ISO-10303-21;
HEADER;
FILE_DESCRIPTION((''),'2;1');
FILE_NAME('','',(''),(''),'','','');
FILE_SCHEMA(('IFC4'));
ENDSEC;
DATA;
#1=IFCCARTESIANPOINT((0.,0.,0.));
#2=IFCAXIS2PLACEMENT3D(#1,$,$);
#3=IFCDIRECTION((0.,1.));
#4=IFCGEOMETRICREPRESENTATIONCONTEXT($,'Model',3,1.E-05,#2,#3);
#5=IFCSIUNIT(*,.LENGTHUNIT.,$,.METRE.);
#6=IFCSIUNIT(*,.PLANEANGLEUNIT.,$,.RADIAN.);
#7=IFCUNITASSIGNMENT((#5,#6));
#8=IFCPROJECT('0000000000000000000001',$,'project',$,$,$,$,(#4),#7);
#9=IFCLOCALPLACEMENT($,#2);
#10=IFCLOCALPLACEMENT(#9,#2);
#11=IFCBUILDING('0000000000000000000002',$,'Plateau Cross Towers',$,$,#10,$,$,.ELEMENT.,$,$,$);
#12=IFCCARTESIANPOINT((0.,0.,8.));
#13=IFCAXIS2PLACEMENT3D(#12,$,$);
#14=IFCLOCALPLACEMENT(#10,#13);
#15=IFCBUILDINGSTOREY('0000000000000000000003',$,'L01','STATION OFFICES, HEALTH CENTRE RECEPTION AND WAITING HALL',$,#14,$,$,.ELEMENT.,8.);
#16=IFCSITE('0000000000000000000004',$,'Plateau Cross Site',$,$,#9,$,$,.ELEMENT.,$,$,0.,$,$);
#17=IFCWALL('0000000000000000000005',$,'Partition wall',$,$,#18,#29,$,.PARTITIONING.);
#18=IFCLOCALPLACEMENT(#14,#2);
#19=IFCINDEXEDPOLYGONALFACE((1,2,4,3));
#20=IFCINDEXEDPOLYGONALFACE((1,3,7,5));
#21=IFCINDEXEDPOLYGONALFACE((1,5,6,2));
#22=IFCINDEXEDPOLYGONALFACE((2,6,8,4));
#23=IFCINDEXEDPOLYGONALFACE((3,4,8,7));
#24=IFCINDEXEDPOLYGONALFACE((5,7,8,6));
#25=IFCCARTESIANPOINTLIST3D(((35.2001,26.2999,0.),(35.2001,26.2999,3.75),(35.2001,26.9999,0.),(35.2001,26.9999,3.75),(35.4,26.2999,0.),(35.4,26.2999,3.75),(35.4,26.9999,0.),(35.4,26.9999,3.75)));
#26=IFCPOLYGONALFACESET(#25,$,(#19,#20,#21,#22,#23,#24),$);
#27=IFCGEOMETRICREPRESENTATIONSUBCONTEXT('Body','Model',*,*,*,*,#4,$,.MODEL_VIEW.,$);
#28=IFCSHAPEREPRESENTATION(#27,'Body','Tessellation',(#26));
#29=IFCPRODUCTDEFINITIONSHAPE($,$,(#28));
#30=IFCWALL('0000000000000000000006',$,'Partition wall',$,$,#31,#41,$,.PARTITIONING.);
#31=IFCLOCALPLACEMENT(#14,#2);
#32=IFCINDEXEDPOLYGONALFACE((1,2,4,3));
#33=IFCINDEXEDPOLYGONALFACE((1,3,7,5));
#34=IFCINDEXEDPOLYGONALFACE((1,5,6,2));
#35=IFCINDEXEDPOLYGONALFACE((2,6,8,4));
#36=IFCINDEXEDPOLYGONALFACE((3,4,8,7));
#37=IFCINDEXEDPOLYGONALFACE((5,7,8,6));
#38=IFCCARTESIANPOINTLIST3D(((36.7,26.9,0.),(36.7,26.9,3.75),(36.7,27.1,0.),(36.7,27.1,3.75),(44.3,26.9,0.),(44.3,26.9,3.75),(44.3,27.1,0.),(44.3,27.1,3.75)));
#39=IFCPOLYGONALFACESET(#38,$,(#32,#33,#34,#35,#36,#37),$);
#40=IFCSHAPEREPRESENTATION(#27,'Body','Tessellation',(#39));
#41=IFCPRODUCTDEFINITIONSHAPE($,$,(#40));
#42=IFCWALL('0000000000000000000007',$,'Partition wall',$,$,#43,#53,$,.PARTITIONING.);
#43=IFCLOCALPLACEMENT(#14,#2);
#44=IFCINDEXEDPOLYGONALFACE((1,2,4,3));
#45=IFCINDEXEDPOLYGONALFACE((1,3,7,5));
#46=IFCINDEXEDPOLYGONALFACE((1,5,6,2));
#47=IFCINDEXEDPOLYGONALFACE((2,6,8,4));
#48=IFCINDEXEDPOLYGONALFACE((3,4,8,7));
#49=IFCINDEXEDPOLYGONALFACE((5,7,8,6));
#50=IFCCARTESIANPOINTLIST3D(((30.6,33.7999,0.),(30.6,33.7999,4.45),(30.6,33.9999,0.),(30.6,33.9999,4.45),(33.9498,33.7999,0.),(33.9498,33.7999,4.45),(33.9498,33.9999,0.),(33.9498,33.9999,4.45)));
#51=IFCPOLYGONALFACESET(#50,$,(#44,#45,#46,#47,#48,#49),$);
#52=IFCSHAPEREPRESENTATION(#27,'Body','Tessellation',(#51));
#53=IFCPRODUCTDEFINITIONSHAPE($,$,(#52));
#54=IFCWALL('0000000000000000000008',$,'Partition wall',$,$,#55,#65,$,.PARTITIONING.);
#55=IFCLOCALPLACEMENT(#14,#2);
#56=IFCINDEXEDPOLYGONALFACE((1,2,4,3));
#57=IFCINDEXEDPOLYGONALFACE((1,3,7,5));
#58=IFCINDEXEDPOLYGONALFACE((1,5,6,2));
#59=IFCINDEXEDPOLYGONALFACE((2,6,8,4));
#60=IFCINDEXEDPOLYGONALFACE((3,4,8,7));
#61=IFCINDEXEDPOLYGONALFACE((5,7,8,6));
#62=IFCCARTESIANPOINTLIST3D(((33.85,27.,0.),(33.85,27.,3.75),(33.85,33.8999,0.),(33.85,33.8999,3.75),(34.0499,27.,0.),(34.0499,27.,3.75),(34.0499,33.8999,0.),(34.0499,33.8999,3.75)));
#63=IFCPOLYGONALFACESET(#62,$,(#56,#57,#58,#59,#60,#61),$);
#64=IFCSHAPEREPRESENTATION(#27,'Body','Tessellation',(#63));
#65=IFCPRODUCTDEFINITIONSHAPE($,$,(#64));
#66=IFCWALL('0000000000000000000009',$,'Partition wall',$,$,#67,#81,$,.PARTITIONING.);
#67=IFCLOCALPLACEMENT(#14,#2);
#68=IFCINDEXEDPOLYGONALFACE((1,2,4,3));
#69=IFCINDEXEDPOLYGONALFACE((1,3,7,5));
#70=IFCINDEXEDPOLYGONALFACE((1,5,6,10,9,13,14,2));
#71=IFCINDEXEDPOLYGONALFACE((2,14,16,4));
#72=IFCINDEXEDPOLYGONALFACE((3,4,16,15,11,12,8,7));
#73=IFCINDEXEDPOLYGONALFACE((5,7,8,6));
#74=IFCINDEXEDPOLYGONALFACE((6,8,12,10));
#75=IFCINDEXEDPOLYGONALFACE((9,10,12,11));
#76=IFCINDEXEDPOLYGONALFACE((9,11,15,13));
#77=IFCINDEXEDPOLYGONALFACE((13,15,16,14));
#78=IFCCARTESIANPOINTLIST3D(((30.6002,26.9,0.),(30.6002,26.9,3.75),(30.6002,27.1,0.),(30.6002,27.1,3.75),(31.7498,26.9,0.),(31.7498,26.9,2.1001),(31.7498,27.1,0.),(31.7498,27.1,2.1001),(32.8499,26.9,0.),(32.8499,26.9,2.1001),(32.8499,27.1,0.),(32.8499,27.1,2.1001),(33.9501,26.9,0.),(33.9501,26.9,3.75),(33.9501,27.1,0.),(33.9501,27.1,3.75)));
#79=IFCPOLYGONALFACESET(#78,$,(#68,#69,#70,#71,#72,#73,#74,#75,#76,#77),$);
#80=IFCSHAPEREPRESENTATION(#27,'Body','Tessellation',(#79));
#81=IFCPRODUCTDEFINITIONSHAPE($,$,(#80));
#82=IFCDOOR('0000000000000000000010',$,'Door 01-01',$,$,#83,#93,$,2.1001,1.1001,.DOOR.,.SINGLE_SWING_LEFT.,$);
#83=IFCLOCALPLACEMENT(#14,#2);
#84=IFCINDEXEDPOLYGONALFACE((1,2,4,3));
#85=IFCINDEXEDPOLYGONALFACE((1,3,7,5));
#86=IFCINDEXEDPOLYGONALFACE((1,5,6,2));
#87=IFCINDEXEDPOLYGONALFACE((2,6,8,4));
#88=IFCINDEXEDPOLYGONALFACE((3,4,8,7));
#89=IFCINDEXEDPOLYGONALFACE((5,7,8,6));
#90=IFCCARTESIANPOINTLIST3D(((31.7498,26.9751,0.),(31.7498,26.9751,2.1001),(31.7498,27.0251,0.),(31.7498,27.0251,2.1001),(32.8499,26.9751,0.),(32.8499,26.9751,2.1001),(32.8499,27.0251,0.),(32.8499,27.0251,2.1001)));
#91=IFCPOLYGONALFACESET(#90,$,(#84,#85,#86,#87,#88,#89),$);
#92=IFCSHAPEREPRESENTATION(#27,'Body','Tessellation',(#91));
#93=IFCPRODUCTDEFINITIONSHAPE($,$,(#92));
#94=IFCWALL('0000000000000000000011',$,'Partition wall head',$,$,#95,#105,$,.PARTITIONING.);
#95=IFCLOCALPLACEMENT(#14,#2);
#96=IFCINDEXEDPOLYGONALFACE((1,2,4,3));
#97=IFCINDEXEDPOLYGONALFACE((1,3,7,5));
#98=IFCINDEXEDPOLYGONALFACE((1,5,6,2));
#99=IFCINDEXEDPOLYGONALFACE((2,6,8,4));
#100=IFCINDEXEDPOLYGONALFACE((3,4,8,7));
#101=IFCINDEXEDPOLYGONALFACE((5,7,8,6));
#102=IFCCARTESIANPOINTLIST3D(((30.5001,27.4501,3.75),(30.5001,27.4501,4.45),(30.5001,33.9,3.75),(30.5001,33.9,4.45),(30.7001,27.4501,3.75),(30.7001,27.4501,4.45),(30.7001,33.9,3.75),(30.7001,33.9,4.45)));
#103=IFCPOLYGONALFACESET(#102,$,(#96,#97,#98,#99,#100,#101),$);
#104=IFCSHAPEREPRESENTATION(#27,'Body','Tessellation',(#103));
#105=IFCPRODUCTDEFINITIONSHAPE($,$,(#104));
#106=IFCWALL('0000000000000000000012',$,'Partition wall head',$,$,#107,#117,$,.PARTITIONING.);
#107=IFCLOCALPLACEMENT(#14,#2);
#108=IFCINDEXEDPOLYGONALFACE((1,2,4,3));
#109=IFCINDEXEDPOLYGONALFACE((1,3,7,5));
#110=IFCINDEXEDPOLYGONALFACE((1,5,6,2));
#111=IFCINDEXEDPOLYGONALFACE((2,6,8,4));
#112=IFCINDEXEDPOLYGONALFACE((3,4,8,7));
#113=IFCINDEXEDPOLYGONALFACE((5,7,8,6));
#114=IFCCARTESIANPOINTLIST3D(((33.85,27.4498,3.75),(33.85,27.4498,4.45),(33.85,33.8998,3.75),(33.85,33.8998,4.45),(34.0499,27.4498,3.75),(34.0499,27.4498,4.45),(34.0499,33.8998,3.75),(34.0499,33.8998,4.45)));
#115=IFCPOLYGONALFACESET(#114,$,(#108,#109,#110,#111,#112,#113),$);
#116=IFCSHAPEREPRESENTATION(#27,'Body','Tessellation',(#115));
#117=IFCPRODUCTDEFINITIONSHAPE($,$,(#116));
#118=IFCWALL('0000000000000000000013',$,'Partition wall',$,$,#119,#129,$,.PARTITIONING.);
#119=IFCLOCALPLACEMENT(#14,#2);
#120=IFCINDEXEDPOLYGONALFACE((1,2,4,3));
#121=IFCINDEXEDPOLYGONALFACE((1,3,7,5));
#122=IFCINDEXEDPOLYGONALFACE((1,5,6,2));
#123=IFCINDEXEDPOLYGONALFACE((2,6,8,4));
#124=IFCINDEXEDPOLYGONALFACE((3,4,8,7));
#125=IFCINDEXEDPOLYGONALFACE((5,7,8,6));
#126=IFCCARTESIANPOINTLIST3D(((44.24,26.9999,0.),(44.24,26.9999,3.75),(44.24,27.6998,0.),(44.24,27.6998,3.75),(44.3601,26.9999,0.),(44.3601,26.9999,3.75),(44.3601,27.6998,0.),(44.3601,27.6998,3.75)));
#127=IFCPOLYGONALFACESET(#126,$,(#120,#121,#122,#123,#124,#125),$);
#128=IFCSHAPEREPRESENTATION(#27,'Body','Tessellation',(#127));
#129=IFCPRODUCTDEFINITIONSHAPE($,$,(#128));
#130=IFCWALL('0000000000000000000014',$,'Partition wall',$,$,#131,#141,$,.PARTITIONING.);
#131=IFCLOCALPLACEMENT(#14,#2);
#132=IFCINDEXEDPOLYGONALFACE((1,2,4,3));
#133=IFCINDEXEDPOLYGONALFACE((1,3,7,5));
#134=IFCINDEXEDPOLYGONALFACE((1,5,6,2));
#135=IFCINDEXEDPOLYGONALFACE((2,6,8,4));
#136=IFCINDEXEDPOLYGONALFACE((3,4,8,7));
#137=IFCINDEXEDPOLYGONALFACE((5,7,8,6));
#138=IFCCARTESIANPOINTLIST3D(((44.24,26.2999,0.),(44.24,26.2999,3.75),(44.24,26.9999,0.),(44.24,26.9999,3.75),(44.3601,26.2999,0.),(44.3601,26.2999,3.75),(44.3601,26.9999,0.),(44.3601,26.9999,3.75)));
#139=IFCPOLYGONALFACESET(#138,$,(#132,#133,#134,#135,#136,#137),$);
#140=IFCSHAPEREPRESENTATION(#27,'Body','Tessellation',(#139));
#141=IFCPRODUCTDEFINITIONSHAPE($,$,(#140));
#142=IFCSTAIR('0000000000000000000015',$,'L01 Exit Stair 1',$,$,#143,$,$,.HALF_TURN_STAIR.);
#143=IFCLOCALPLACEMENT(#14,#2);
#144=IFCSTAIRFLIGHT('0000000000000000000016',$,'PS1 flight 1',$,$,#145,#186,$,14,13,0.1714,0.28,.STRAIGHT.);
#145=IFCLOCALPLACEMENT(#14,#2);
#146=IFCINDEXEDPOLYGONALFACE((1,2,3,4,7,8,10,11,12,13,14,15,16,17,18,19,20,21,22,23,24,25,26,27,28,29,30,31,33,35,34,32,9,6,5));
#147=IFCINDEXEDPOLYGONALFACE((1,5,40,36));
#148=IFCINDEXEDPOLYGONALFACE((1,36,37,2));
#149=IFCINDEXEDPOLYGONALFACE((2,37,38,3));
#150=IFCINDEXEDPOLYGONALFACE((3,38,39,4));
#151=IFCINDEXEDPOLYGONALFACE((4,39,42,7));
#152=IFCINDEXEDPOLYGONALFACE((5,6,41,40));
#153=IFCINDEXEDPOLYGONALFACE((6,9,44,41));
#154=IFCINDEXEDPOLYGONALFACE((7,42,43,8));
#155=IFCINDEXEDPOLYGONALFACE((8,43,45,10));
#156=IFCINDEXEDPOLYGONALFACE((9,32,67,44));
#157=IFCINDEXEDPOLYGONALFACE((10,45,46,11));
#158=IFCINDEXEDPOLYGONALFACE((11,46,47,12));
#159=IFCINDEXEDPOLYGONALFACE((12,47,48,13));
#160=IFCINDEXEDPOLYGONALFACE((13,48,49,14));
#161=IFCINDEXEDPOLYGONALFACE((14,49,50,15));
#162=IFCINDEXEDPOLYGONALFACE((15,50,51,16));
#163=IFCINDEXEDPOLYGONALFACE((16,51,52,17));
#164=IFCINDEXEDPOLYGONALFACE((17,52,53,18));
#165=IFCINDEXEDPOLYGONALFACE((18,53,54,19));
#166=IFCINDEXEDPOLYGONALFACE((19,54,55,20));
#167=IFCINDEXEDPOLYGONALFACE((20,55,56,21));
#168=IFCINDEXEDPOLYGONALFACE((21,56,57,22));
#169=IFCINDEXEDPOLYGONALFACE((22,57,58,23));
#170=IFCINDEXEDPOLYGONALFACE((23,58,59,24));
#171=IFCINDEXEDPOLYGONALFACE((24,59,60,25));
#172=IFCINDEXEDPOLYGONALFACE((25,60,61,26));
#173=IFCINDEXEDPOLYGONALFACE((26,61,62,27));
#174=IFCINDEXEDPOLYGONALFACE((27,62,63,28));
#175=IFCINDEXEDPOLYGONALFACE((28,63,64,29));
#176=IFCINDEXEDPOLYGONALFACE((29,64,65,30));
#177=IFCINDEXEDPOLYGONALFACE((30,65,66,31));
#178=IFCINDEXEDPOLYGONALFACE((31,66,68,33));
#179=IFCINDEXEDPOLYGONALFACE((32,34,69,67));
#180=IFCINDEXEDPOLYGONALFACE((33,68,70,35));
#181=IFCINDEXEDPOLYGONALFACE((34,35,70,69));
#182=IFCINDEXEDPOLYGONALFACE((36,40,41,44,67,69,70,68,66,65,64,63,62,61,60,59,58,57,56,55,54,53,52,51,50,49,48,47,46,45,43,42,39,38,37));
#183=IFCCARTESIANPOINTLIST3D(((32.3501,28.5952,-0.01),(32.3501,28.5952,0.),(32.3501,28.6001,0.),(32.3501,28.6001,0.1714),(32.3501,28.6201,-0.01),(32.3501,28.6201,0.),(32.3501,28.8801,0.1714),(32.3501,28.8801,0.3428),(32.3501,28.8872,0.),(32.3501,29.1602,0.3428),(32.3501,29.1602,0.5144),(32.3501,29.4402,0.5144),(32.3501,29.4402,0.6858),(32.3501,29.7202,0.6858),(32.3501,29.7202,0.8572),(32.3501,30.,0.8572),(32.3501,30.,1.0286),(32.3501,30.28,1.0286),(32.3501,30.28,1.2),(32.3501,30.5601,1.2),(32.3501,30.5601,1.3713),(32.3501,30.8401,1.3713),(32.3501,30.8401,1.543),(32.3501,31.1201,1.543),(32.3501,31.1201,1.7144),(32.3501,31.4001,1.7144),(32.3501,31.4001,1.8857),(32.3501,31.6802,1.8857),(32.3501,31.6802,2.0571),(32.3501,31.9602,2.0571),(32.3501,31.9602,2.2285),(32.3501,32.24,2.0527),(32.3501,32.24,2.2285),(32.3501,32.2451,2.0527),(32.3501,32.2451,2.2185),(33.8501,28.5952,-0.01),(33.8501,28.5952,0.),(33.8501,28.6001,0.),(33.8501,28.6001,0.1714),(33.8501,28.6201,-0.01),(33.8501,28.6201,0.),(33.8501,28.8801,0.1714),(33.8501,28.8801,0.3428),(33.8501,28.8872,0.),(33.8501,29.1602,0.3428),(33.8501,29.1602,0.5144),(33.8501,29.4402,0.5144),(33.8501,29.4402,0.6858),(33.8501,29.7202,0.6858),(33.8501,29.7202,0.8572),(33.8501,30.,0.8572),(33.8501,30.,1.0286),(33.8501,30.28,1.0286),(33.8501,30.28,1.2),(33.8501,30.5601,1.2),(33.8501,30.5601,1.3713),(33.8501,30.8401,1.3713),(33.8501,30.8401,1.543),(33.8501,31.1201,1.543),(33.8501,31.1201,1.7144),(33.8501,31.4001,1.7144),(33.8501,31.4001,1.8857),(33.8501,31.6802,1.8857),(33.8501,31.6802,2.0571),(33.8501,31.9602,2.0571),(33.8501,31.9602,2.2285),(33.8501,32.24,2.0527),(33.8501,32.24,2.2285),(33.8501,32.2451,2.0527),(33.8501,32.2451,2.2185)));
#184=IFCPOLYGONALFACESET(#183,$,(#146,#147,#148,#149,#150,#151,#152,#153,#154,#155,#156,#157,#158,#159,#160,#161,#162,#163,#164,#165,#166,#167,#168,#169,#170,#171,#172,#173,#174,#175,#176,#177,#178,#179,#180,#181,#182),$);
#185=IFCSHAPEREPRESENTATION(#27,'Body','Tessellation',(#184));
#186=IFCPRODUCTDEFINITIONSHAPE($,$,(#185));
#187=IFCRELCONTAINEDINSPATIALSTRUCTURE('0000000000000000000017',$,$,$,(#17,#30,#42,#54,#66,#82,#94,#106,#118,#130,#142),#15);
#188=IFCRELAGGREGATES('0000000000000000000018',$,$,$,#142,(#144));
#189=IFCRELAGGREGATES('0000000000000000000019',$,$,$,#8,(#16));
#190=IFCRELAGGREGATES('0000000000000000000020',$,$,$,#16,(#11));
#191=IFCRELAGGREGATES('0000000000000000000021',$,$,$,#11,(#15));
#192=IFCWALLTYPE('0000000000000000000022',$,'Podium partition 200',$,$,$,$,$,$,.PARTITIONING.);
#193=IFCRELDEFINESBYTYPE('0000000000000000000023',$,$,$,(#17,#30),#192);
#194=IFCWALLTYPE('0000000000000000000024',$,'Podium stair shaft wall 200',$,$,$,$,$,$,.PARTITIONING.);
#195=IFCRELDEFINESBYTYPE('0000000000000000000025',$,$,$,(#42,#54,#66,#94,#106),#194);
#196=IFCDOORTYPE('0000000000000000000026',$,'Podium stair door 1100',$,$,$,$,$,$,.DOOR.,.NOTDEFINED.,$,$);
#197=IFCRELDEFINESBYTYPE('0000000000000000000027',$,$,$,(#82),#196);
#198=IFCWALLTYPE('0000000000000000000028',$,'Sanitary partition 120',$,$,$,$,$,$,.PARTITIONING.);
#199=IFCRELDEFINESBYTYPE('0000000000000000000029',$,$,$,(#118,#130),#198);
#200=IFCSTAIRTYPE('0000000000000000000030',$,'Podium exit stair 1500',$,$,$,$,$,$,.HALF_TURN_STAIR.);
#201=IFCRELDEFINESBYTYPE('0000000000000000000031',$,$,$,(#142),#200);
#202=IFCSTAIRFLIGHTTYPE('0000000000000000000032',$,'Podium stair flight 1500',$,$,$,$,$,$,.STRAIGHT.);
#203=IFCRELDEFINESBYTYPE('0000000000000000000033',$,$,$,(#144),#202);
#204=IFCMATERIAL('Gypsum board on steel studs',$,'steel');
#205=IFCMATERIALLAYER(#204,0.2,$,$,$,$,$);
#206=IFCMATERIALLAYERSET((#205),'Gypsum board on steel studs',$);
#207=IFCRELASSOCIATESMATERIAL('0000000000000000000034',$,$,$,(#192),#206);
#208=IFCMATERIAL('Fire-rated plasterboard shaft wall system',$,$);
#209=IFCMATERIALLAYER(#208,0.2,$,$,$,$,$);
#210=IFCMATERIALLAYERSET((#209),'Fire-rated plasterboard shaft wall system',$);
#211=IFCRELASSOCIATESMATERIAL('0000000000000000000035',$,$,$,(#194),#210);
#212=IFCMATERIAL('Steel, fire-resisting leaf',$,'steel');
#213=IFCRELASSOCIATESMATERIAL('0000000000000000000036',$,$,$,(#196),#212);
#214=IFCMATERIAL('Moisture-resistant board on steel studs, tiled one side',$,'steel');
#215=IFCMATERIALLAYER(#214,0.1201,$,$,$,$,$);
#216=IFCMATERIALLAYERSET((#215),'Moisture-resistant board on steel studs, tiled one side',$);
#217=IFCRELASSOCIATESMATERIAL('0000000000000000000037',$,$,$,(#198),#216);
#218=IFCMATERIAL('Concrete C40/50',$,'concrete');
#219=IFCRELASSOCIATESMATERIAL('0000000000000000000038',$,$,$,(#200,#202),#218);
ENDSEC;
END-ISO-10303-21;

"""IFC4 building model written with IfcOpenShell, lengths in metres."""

from ifc_helpers import new_model, si_unit, direction, frame, frame_2d, origin, place, context, subcontext, project, spatial, polyline, rectangle, outline, extrude, material, layer, layer_set, type_object, element, fill, aggregate, save


model = new_model("IFC4")

# Units and contexts
model_context = context("Model", 3, precision=1e-05, world=origin(), true_north=direction((0.0, 1.0)))
body_context = subcontext(model_context, "Body", "Model", "MODEL_VIEW")
ifc_project = project(units=[si_unit("LENGTHUNIT", "METRE"), si_unit("PLANEANGLEUNIT", "RADIAN")], contexts=[model_context])

# Site, building, storey
site_placement = place(None, origin())
site = spatial("IfcSite", under=ifc_project, at=site_placement, Name="Plateau Cross Site", CompositionType="ELEMENT", RefElevation=0.0)
building_placement = place(site_placement, origin())
building = spatial("IfcBuilding", under=site, at=building_placement, Name="Plateau Cross Towers", CompositionType="ELEMENT")
storey_placement = place(building_placement, frame((0.0, 0.0, 8.0)))
storey = spatial("IfcBuildingStorey", under=building, at=storey_placement, Name="L01", Description="STATION OFFICES, HEALTH CENTRE RECEPTION AND WAITING HALL", CompositionType="ELEMENT", Elevation=8.0)

# Shared definitions
ifc_material_1 = material(Name="Gypsum board on steel studs", Category="steel")
ifc_layer_1 = layer(ifc_material_1, 0.2)
ifc_layer_set_1 = layer_set([ifc_layer_1], Name="Gypsum board on steel studs")
wall_type_1 = type_object("IfcWallType", Name="Podium partition 200", PredefinedType="PARTITIONING", material=ifc_layer_set_1)

# Walls
wall_1_placement = place(storey_placement, frame((35.3, 27.0, 0.0), z_axis=(0.0, 0.0, 1.0), x_axis=(0.0, -1.0, 0.0)))
element("IfcWall", 1, at=wall_1_placement, inside=storey, type_object=wall_type_1, Name="Partition wall", PredefinedType="PARTITIONING", context=body_context, shape_type="SweptSolid", body=[
    extrude(rectangle(XDim=0.7, YDim=0.2, at=frame_2d((0.3501, 0.0))), origin(), (0.0, 0.0, 1.0), 3.75),
])
wall_2_placement = place(storey_placement, frame((36.7, 27.0, 0.0), z_axis=(0.0, 0.0, 1.0), x_axis=(1.0, 0.0, 0.0)))
element("IfcWall", 2, at=wall_2_placement, inside=storey, type_object=wall_type_1, Name="Partition wall", PredefinedType="PARTITIONING", context=body_context, shape_type="SweptSolid", body=[
    extrude(rectangle(XDim=7.6001, YDim=0.2, at=frame_2d((3.8, 0.0))), origin(), (0.0, 0.0, 1.0), 3.75),
])
ifc_material_2 = material(Name="Fire-rated plasterboard shaft wall system")
ifc_layer_2 = layer(ifc_material_2, 0.2)
ifc_layer_set_2 = layer_set([ifc_layer_2], Name="Fire-rated plasterboard shaft wall system")
wall_type_2 = type_object("IfcWallType", Name="Podium stair shaft wall 200", PredefinedType="PARTITIONING", material=ifc_layer_set_2)
wall_3_placement = place(storey_placement, frame((30.6001, 33.8999, 0.0), z_axis=(0.0, 0.0, 1.0), x_axis=(1.0, 0.0, 0.0)))
element("IfcWall", 3, at=wall_3_placement, inside=storey, type_object=wall_type_2, Name="Partition wall", PredefinedType="PARTITIONING", context=body_context, shape_type="SweptSolid", body=[
    extrude(rectangle(XDim=3.3499, YDim=0.2, at=frame_2d((1.6748, 0.0))), origin(), (0.0, 0.0, 1.0), 4.45),
])
wall_4_placement = place(storey_placement, frame((33.95, 33.8999, 0.0), z_axis=(0.0, 0.0, 1.0), x_axis=(0.0, -1.0, 0.0)))
element("IfcWall", 4, at=wall_4_placement, inside=storey, type_object=wall_type_2, Name="Partition wall", PredefinedType="PARTITIONING", context=body_context, shape_type="SweptSolid", body=[
    extrude(rectangle(XDim=6.8999, YDim=0.2, at=frame_2d((3.45, 0.0))), origin(), (0.0, 0.0, 1.0), 3.75),
])

# Wall, opening, door
wall_5_placement = place(storey_placement, frame((33.95, 27.0, 0.0), z_axis=(0.0, 0.0, 1.0), x_axis=(-1.0, 0.0, 0.0)))
wall_5 = element("IfcWall", 5, at=wall_5_placement, inside=storey, type_object=wall_type_2, Name="Partition wall", PredefinedType="PARTITIONING", context=body_context, shape_type="SweptSolid", body=[
    extrude(rectangle(XDim=3.3499, YDim=0.2, at=frame_2d((1.6748, 0.0))), origin(), (0.0, 0.0, 1.0), 3.75),
])
opening_1_placement = place(wall_5_placement, frame((1.1001, 0.0, 0.0)))
opening_1 = element("IfcOpeningElement", 6, at=opening_1_placement, cuts=wall_5, PredefinedType="OPENING", context=body_context, shape_type="SweptSolid", body=[
    extrude(rectangle(XDim=1.1001, YDim=2.1001, at=frame_2d((0.55, 1.05))), frame((0.0, 0.1099, 0.0), z_axis=(0.0, -1.0, 0.0), x_axis=(1.0, 0.0, 0.0)), (0.0, 0.0, 1.0), 0.22),
])
ifc_material_3 = material(Name="Steel, fire-resisting leaf", Category="steel")
door_type_1 = type_object("IfcDoorType", Name="Podium stair door 1100", OperationType="NOTDEFINED", PredefinedType="DOOR", material=ifc_material_3)
door_1_placement = place(opening_1_placement, origin())
door_1 = element("IfcDoor", 7, at=door_1_placement, inside=storey, type_object=door_type_1, Name="Door 01-01", OperationType="SINGLE_SWING_LEFT", OverallHeight=2.1001, OverallWidth=1.1001, PredefinedType="DOOR", context=body_context, shape_type="SweptSolid", body=[
    extrude(rectangle(XDim=1.1001, YDim=2.1001, at=frame_2d((0.55, 1.05))), frame((0.0, 0.0249, 0.0), z_axis=(0.0, -1.0, 0.0), x_axis=(1.0, 0.0, 0.0)), (0.0, 0.0, 1.0), 0.05),
])
fill(opening_1, door_1)

# Walls
for number, where, z_axis, x_axis, name in (
    (8, (30.6001, 27.45, 3.75), (0.0, 0.0, 1.0), (0.0, 1.0, 0.0), "Partition wall head"),
    (9, (33.95, 33.8999, 3.75), (0.0, 0.0, 1.0), (0.0, -1.0, 0.0), "Partition wall head"),
):
    element("IfcWall", number, at=place(storey_placement, frame(where, z_axis=z_axis, x_axis=x_axis)), inside=storey, type_object=wall_type_2, Name=name, PredefinedType="PARTITIONING", context=body_context, shape_type="SweptSolid", body=[
        extrude(rectangle(XDim=6.45, YDim=0.2, at=frame_2d((3.2251, 0.0))), origin(), (0.0, 0.0, 1.0), 0.7),
    ])
ifc_material_4 = material(Name="Moisture-resistant board on steel studs, tiled one side", Category="steel")
ifc_layer_3 = layer(ifc_material_4, 0.1201)
ifc_layer_set_3 = layer_set([ifc_layer_3], Name="Moisture-resistant board on steel studs, tiled one side")
wall_type_3 = type_object("IfcWallType", Name="Sanitary partition 120", PredefinedType="PARTITIONING", material=ifc_layer_set_3)
for number, where, z_axis, x_axis, name in (
    (10, (44.3, 27.7, 0.0), (0.0, 0.0, 1.0), (0.0, -1.0, 0.0), "Partition wall"),
    (11, (44.3, 27.0, 0.0), (0.0, 0.0, 1.0), (0.0, -1.0, 0.0), "Partition wall"),
):
    element("IfcWall", number, at=place(storey_placement, frame(where, z_axis=z_axis, x_axis=x_axis)), inside=storey, type_object=wall_type_3, Name=name, PredefinedType="PARTITIONING", context=body_context, shape_type="SweptSolid", body=[
        extrude(rectangle(XDim=0.7, YDim=0.1201, at=frame_2d((0.3501, 0.0))), origin(), (0.0, 0.0, 1.0), 3.75),
    ])

# Stair, stair flight
ifc_material_5 = material(Name="Concrete C40/50", Category="concrete")
stair_type = type_object("IfcStairType", Name="Podium exit stair 1500", PredefinedType="HALF_TURN_STAIR", material=ifc_material_5)
stair_placement = place(storey_placement, origin())
stair = element("IfcStair", 12, at=stair_placement, inside=storey, type_object=stair_type, Name="L01 Exit Stair 1", PredefinedType="HALF_TURN_STAIR")
stair_flight_type = type_object("IfcStairFlightType", Name="Podium stair flight 1500", PredefinedType="STRAIGHT", material=ifc_material_5)
stair_flight_1_placement = place(storey_placement, frame((33.1001, 28.6001, 0.0), z_axis=(0.0, 0.0, 1.0), x_axis=(0.0, 1.0, 0.0)))
stair_flight_1 = element("IfcStairFlight", 13, at=stair_flight_1_placement, type_object=stair_flight_type, Name="PS1 flight 1", NumberOfRisers=14, NumberOfTreads=13, PredefinedType="STRAIGHT", RiserHeight=0.1714, TreadLength=0.28, context=body_context, shape_type="SweptSolid", body=[
    extrude(outline(polyline([(-0.0049, -0.01), (-0.0049, 0.0), (0.0, 0.0), (0.0, 0.1714), (0.28, 0.1714), (0.28, 0.3428), (0.5601, 0.3428), (0.5601, 0.5144), (0.8401, 0.5144), (0.8401, 0.6858), (1.1201, 0.6858), (1.1201, 0.8572), (1.3999, 0.8572), (1.3999, 1.0286), (1.6799, 1.0286), (1.6799, 1.2), (1.96, 1.2), (1.96, 1.3713), (2.24, 1.3713), (2.24, 1.543), (2.52, 1.543), (2.52, 1.7144), (2.8, 1.7144), (2.8, 1.8857), (3.0801, 1.8857), (3.0801, 2.0571), (3.3601, 2.0571), (3.3601, 2.2285), (3.6399, 2.2285), (3.645, 2.2185), (3.645, 2.0527), (3.6399, 2.0527), (0.2871, 0.0), (0.02, 0.0), (0.02, -0.01), (-0.0049, -0.01)])), frame((0.0, 0.75, 0.0), z_axis=(0.0, -1.0, 0.0), x_axis=(1.0, 0.0, 0.0)), (0.0, 0.0, 1.0), 1.5),
])
aggregate(stair, [stair_flight_1])

save(model, "model.ifc")
